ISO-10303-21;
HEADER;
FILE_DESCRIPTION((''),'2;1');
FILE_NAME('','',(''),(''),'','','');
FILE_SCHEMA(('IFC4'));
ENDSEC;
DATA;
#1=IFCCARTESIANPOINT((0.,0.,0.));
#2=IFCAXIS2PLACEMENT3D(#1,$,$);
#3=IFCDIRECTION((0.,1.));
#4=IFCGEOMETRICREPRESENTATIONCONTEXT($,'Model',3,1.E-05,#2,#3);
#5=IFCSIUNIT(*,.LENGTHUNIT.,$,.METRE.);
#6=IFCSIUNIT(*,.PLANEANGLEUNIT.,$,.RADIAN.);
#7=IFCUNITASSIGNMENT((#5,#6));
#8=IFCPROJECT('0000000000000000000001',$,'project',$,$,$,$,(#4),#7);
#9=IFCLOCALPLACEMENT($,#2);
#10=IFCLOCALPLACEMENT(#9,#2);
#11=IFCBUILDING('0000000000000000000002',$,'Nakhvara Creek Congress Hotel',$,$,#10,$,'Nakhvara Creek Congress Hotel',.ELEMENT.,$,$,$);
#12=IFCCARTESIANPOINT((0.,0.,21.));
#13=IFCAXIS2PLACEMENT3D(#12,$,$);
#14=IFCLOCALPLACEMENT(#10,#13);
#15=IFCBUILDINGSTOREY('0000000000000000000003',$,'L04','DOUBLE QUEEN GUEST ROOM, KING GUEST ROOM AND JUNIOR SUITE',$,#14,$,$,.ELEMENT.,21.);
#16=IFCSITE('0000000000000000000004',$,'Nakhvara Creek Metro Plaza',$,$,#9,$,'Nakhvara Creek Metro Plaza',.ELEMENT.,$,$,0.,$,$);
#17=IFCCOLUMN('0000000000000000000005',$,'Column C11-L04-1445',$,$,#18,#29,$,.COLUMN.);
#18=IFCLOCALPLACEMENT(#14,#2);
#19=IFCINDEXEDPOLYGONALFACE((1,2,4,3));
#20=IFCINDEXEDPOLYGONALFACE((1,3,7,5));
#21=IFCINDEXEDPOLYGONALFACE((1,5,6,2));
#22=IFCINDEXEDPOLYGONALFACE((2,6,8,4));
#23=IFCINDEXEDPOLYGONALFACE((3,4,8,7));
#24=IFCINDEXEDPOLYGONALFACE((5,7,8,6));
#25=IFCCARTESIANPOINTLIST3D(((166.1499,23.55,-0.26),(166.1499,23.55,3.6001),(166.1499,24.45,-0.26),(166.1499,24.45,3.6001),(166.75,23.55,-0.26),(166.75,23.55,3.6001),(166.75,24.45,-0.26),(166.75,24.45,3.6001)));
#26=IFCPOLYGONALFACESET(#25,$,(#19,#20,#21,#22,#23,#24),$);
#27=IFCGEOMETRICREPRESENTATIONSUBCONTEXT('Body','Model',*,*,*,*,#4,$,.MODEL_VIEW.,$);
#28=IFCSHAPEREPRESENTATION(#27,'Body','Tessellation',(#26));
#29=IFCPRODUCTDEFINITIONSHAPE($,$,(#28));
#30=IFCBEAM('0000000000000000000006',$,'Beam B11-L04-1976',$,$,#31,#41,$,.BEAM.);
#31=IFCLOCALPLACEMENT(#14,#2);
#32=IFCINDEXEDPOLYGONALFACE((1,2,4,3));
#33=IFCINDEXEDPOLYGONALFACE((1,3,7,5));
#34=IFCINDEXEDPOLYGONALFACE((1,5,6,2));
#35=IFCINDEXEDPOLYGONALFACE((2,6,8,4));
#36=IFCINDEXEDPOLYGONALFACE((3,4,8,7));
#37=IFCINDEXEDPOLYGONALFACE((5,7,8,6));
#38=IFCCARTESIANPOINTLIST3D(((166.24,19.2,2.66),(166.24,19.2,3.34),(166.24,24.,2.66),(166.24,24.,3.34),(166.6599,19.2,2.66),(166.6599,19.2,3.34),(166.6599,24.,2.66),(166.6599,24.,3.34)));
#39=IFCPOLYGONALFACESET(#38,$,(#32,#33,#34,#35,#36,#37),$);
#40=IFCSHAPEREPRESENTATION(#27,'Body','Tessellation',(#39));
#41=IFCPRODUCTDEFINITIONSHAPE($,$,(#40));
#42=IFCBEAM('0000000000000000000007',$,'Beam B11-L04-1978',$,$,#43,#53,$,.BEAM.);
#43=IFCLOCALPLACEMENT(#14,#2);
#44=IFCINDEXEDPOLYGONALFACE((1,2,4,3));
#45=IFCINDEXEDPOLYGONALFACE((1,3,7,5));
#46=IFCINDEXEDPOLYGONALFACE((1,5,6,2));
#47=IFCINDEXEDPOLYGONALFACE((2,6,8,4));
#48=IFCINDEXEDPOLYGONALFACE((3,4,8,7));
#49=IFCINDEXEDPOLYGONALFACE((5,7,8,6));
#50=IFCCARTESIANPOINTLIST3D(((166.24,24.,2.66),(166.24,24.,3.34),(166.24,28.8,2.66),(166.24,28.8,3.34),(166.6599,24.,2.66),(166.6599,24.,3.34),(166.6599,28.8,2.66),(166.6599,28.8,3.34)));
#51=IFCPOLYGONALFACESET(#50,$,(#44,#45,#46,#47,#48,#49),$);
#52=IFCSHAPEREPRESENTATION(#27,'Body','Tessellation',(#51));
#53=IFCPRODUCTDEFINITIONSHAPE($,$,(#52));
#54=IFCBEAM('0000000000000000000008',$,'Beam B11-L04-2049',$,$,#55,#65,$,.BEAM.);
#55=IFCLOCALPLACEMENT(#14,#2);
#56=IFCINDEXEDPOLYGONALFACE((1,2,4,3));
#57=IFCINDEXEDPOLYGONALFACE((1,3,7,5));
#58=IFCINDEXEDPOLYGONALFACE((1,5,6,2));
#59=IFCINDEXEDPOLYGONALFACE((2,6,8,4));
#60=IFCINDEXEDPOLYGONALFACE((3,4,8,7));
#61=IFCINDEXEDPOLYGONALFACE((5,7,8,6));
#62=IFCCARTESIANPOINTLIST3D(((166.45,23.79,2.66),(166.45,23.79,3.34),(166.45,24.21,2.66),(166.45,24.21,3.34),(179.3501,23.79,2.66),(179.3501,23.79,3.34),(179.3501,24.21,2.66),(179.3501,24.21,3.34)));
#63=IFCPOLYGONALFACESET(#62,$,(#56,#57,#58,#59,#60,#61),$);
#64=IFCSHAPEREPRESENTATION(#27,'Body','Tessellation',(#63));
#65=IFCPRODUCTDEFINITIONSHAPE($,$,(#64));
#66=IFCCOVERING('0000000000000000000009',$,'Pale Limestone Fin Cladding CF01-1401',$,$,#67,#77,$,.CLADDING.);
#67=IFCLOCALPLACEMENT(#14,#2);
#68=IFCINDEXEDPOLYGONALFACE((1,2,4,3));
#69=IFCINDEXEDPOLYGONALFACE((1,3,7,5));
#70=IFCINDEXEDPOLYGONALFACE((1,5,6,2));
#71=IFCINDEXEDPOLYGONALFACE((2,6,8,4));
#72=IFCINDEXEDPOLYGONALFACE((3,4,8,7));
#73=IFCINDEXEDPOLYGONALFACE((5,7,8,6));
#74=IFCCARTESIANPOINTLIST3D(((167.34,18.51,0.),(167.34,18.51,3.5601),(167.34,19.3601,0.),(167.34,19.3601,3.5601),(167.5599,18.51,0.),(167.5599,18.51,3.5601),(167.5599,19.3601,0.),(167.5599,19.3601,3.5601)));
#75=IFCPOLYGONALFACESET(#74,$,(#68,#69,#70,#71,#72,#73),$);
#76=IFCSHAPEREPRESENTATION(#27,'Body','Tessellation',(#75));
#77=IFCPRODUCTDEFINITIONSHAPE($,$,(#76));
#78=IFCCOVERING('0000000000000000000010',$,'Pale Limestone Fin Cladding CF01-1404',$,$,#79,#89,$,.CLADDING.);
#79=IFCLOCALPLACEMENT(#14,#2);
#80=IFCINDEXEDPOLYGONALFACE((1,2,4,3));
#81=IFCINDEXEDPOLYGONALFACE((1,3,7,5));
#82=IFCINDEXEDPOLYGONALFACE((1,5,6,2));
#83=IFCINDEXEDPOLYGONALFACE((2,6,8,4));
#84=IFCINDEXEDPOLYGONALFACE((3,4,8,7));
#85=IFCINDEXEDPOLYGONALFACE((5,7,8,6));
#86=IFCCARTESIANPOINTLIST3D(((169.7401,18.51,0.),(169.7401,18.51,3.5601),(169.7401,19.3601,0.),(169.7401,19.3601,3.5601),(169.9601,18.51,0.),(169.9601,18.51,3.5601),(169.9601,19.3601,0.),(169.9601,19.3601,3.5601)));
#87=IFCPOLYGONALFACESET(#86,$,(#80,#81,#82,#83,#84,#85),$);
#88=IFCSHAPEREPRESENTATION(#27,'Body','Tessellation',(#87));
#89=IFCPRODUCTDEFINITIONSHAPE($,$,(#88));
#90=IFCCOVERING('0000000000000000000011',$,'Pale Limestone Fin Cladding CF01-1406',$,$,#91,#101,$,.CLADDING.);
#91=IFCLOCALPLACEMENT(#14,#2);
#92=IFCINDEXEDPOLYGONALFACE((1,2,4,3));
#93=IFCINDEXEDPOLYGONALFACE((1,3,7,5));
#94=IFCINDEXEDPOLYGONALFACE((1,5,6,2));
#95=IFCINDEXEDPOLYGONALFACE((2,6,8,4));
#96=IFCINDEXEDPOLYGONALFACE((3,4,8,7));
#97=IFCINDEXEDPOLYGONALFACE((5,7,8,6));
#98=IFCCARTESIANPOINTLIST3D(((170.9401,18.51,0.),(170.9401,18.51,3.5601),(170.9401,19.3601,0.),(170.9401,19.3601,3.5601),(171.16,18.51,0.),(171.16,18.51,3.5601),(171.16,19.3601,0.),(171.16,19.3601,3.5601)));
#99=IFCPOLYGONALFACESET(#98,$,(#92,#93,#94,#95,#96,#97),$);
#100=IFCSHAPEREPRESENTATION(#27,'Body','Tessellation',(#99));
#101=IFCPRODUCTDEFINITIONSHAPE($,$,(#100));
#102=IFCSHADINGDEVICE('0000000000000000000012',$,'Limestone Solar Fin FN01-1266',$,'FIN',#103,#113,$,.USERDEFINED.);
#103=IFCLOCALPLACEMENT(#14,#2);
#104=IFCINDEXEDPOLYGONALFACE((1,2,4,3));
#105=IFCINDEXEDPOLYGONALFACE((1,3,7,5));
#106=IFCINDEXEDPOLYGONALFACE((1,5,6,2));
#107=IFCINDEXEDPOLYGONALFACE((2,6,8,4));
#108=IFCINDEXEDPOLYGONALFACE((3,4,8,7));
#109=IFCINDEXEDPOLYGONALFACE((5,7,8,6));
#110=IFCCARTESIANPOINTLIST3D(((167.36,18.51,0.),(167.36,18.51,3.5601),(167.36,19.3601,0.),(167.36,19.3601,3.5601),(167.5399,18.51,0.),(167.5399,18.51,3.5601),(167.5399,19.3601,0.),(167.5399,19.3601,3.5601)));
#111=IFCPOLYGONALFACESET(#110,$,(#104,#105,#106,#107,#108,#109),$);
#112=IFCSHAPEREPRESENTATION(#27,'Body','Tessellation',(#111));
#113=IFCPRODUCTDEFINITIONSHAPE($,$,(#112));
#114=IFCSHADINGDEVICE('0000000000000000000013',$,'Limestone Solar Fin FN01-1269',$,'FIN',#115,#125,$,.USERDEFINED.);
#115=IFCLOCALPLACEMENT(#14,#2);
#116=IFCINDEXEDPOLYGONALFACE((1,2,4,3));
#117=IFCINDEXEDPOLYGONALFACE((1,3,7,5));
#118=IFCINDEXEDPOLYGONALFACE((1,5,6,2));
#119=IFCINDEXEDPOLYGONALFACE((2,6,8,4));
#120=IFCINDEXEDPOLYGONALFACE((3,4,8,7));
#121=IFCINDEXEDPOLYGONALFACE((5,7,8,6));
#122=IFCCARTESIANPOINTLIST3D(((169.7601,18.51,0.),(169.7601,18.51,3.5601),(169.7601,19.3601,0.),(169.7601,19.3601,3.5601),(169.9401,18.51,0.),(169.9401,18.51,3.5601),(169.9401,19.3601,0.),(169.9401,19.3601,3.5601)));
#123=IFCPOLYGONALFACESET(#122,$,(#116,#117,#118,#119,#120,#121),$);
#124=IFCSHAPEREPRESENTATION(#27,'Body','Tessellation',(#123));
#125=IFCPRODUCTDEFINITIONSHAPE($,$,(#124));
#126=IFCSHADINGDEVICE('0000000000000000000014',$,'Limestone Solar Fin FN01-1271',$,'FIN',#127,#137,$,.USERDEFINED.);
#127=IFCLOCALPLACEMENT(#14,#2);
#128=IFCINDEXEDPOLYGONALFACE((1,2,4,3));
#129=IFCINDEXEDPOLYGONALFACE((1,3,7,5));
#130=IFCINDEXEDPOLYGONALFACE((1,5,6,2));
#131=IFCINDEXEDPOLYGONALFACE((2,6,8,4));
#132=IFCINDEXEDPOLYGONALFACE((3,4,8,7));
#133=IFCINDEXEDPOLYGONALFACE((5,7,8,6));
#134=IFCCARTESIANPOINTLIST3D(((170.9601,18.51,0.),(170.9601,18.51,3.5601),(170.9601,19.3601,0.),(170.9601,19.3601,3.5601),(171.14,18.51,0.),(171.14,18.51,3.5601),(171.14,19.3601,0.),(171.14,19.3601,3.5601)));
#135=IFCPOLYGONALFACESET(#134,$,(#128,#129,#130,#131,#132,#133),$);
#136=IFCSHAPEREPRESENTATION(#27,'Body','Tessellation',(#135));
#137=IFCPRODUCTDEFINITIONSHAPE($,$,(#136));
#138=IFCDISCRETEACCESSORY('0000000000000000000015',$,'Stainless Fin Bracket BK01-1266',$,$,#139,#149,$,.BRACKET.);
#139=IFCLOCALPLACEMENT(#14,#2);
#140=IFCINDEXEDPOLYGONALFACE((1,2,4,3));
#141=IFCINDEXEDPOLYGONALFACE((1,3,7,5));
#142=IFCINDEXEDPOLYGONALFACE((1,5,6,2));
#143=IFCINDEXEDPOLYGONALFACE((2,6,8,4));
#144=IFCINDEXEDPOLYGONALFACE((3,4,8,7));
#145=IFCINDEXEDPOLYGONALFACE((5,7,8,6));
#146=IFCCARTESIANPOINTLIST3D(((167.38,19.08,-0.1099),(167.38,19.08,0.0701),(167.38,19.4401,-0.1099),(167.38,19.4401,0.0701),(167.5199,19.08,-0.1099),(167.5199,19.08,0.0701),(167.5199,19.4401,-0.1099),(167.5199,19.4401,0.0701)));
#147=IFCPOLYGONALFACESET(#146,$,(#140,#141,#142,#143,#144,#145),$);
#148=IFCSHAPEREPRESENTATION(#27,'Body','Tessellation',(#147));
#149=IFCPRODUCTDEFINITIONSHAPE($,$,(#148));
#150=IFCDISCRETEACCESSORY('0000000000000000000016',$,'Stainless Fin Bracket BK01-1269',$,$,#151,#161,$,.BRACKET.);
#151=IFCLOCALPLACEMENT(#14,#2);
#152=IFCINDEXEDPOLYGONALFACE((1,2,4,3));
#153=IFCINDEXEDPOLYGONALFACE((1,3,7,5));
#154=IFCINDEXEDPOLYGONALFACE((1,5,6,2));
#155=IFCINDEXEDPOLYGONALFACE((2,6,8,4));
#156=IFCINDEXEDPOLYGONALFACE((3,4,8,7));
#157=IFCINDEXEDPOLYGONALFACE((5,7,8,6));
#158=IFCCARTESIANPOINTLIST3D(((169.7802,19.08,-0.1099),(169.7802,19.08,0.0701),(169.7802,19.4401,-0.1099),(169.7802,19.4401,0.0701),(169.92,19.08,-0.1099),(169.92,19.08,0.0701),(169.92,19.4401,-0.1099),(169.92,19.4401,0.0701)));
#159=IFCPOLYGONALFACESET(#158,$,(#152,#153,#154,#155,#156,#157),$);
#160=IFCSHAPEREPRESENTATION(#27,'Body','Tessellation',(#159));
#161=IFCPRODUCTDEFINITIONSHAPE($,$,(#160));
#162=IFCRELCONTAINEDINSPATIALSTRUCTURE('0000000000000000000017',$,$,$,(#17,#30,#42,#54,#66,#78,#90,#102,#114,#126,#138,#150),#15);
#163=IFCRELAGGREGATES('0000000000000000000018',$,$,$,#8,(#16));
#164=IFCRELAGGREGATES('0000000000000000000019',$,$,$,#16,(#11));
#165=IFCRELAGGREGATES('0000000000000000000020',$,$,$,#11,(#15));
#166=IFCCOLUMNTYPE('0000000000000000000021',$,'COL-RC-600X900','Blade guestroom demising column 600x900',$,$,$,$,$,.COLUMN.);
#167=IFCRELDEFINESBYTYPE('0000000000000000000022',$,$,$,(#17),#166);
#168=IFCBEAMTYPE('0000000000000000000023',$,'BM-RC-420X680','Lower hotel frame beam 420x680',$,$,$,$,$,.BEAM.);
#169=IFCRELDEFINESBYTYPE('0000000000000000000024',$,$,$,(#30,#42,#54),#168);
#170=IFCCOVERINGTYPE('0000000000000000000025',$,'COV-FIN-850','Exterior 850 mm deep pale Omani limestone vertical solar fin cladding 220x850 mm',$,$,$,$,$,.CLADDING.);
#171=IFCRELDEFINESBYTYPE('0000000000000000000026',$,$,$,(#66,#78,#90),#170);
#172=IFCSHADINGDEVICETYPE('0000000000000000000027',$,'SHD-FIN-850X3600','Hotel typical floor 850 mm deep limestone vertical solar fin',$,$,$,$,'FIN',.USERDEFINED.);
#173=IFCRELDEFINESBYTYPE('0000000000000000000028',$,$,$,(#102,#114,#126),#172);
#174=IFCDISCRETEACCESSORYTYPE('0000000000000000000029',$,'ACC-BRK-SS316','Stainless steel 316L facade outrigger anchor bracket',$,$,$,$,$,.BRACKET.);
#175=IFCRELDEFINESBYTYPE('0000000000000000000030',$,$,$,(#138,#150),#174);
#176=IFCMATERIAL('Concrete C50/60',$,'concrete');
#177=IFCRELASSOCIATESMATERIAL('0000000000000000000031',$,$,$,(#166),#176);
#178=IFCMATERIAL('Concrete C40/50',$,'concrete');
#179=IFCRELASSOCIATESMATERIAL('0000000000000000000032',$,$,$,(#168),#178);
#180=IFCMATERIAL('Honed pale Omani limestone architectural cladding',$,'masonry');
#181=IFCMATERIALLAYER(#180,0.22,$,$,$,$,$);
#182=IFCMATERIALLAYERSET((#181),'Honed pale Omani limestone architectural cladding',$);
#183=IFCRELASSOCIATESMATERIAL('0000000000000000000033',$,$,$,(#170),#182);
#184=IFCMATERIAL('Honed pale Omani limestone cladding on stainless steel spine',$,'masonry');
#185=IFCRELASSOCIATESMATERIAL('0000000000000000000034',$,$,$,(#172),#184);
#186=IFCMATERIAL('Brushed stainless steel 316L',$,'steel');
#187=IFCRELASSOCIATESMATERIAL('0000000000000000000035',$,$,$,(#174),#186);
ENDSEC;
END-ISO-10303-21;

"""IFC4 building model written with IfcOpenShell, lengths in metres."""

from ifc_helpers import new_model, si_unit, direction, frame, origin, origin_2d, place, context, subcontext, project, spatial, rectangle, extrude, material, layer, layer_set, material_profile, profile_set, type_object, element, save


model = new_model("IFC4")

# Units and contexts
model_context = context("Model", 3, precision=1e-05, world=origin(), true_north=direction((0.0, 1.0)))
body_context = subcontext(model_context, "Body", "Model", "MODEL_VIEW")
ifc_project = project(units=[si_unit("LENGTHUNIT", "METRE"), si_unit("PLANEANGLEUNIT", "RADIAN")], contexts=[model_context])

# Site, building, storey
site_placement = place(None, origin())
site = spatial("IfcSite", under=ifc_project, at=site_placement, Name="Nakhvara Creek Metro Plaza", LongName="Nakhvara Creek Metro Plaza", CompositionType="ELEMENT", RefElevation=0.0)
building_placement = place(site_placement, origin())
building = spatial("IfcBuilding", under=site, at=building_placement, Name="Nakhvara Creek Congress Hotel", LongName="Nakhvara Creek Congress Hotel", CompositionType="ELEMENT")
storey_placement = place(building_placement, frame((0.0, 0.0, 21.0)))
storey = spatial("IfcBuildingStorey", under=building, at=storey_placement, Name="L04", Description="DOUBLE QUEEN GUEST ROOM, KING GUEST ROOM AND JUNIOR SUITE", CompositionType="ELEMENT", Elevation=21.0)

# Column
ifc_material_1 = material(Name="Concrete C50/60", Category="concrete")
ifc_material_profile_1 = material_profile(ifc_material_1, rectangle(XDim=0.6001, YDim=0.8999, at=origin_2d()), Name="RC-COL 600x900", Category="LoadBearing")
ifc_profile_set_1 = profile_set([ifc_material_profile_1], Name="Concrete C50/60")
column_type = type_object("IfcColumnType", Name="COL-RC-600X900", Description="Blade guestroom demising column 600x900", PredefinedType="COLUMN", material=ifc_profile_set_1)
column_placement = place(storey_placement, frame((166.45, 24.0, -0.26), z_axis=(0.0, 0.0, 1.0), x_axis=(1.0, 0.0, 0.0)))
element("IfcColumn", 1, at=column_placement, inside=storey, type_object=column_type, Name="Column C11-L04-1445", PredefinedType="COLUMN", context=body_context, shape_type="SweptSolid", body=[
    extrude(rectangle(XDim=0.6001, YDim=0.8999, at=origin_2d()), origin(), (0.0, 0.0, 1.0), 3.8601),
])

# Beams
ifc_material_2 = material(Name="Concrete C40/50", Category="concrete")
ifc_material_profile_2 = material_profile(ifc_material_2, rectangle(XDim=0.4199, YDim=0.6799, at=origin_2d()), Name="RC-BM 420x680", Category="LoadBearing")
ifc_profile_set_2 = profile_set([ifc_material_profile_2], Name="Concrete C40/50")
beam_type = type_object("IfcBeamType", Name="BM-RC-420X680", Description="Lower hotel frame beam 420x680", PredefinedType="BEAM", material=ifc_profile_set_2)
for number, where, z_axis, x_axis, name in (
    (2, (166.45, 19.2, 3.0), (0.0, 1.0, 0.0), (-1.0, 0.0, 0.0), "Beam B11-L04-1976"),
    (3, (166.45, 24.0, 3.0), (0.0, 1.0, 0.0), (-1.0, 0.0, 0.0), "Beam B11-L04-1978"),
):
    element("IfcBeam", number, at=place(storey_placement, frame(where, z_axis=z_axis, x_axis=x_axis)), inside=storey, type_object=beam_type, Name=name, PredefinedType="BEAM", context=body_context, shape_type="SweptSolid", body=[
        extrude(rectangle(XDim=0.4199, YDim=0.6799, at=origin_2d()), origin(), (0.0, 0.0, 1.0), 4.8),
    ])
beam_placement = place(storey_placement, frame((166.45, 24.0, 3.0), z_axis=(1.0, 0.0, 0.0), x_axis=(0.0, 1.0, 0.0)))
element("IfcBeam", 4, at=beam_placement, inside=storey, type_object=beam_type, Name="Beam B11-L04-2049", PredefinedType="BEAM", context=body_context, shape_type="SweptSolid", body=[
    extrude(rectangle(XDim=0.4199, YDim=0.6799, at=origin_2d()), origin(), (0.0, 0.0, 1.0), 12.9001),
])

# Coverings
ifc_material_3 = material(Name="Honed pale Omani limestone architectural cladding", Category="masonry")
ifc_layer_1 = layer(ifc_material_3, 0.22)
ifc_layer_set_1 = layer_set([ifc_layer_1], Name="Honed pale Omani limestone architectural cladding")
covering_type = type_object("IfcCoveringType", Name="COV-FIN-850", Description="Exterior 850 mm deep pale Omani limestone vertical solar fin cladding 220x850 mm", PredefinedType="CLADDING", material=ifc_layer_set_1)
for number, where, z_axis, x_axis, name in (
    (5, (167.45, 18.9351, 0.0), (0.0, 0.0, 1.0), (1.0, 0.0, 0.0), "Pale Limestone Fin Cladding CF01-1401"),
    (6, (169.8501, 18.9351, 0.0), (0.0, 0.0, 1.0), (1.0, 0.0, 0.0), "Pale Limestone Fin Cladding CF01-1404"),
    (7, (171.05, 18.9351, 0.0), (0.0, 0.0, 1.0), (1.0, 0.0, 0.0), "Pale Limestone Fin Cladding CF01-1406"),
):
    element("IfcCovering", number, at=place(storey_placement, frame(where, z_axis=z_axis, x_axis=x_axis)), inside=storey, type_object=covering_type, Name=name, PredefinedType="CLADDING", context=body_context, shape_type="SweptSolid", body=[
        extrude(rectangle(XDim=0.22, YDim=0.8501, at=origin_2d()), origin(), (0.0, 0.0, 1.0), 3.5601),
    ])

# Shading devices
ifc_material_4 = material(Name="Honed pale Omani limestone cladding on stainless steel spine", Category="masonry")
shading_device_type = type_object("IfcShadingDeviceType", Name="SHD-FIN-850X3600", Description="Hotel typical floor 850 mm deep limestone vertical solar fin", ElementType="FIN", PredefinedType="USERDEFINED", material=ifc_material_4)
for number, where, z_axis, x_axis, name in (
    (8, (167.45, 18.9351, 0.0), (0.0, 0.0, 1.0), (1.0, 0.0, 0.0), "Limestone Solar Fin FN01-1266"),
    (9, (169.8501, 18.9351, 0.0), (0.0, 0.0, 1.0), (1.0, 0.0, 0.0), "Limestone Solar Fin FN01-1269"),
    (10, (171.05, 18.9351, 0.0), (0.0, 0.0, 1.0), (1.0, 0.0, 0.0), "Limestone Solar Fin FN01-1271"),
):
    element("IfcShadingDevice", number, at=place(storey_placement, frame(where, z_axis=z_axis, x_axis=x_axis)), inside=storey, type_object=shading_device_type, Name=name, ObjectType="FIN", PredefinedType="USERDEFINED", context=body_context, shape_type="SweptSolid", body=[
        extrude(rectangle(XDim=0.1799, YDim=0.8501, at=origin_2d()), origin(), (0.0, 0.0, 1.0), 3.5601),
    ])

# Discrete accessories
ifc_material_5 = material(Name="Brushed stainless steel 316L", Category="steel")
discrete_accessory_type = type_object("IfcDiscreteAccessoryType", Name="ACC-BRK-SS316", Description="Stainless steel 316L facade outrigger anchor bracket", PredefinedType="BRACKET", material=ifc_material_5)
for number, where, z_axis, x_axis, name in (
    (11, (167.45, 19.26, -0.1099), (0.0, 0.0, 1.0), (1.0, 0.0, 0.0), "Stainless Fin Bracket BK01-1266"),
    (12, (169.8501, 19.26, -0.1099), (0.0, 0.0, 1.0), (1.0, 0.0, 0.0), "Stainless Fin Bracket BK01-1269"),
):
    element("IfcDiscreteAccessory", number, at=place(storey_placement, frame(where, z_axis=z_axis, x_axis=x_axis)), inside=storey, type_object=discrete_accessory_type, Name=name, PredefinedType="BRACKET", context=body_context, shape_type="SweptSolid", body=[
        extrude(rectangle(XDim=0.1399, YDim=0.3601, at=origin_2d()), origin(), (0.0, 0.0, 1.0), 0.1799),
    ])

save(model, "model.ifc")
